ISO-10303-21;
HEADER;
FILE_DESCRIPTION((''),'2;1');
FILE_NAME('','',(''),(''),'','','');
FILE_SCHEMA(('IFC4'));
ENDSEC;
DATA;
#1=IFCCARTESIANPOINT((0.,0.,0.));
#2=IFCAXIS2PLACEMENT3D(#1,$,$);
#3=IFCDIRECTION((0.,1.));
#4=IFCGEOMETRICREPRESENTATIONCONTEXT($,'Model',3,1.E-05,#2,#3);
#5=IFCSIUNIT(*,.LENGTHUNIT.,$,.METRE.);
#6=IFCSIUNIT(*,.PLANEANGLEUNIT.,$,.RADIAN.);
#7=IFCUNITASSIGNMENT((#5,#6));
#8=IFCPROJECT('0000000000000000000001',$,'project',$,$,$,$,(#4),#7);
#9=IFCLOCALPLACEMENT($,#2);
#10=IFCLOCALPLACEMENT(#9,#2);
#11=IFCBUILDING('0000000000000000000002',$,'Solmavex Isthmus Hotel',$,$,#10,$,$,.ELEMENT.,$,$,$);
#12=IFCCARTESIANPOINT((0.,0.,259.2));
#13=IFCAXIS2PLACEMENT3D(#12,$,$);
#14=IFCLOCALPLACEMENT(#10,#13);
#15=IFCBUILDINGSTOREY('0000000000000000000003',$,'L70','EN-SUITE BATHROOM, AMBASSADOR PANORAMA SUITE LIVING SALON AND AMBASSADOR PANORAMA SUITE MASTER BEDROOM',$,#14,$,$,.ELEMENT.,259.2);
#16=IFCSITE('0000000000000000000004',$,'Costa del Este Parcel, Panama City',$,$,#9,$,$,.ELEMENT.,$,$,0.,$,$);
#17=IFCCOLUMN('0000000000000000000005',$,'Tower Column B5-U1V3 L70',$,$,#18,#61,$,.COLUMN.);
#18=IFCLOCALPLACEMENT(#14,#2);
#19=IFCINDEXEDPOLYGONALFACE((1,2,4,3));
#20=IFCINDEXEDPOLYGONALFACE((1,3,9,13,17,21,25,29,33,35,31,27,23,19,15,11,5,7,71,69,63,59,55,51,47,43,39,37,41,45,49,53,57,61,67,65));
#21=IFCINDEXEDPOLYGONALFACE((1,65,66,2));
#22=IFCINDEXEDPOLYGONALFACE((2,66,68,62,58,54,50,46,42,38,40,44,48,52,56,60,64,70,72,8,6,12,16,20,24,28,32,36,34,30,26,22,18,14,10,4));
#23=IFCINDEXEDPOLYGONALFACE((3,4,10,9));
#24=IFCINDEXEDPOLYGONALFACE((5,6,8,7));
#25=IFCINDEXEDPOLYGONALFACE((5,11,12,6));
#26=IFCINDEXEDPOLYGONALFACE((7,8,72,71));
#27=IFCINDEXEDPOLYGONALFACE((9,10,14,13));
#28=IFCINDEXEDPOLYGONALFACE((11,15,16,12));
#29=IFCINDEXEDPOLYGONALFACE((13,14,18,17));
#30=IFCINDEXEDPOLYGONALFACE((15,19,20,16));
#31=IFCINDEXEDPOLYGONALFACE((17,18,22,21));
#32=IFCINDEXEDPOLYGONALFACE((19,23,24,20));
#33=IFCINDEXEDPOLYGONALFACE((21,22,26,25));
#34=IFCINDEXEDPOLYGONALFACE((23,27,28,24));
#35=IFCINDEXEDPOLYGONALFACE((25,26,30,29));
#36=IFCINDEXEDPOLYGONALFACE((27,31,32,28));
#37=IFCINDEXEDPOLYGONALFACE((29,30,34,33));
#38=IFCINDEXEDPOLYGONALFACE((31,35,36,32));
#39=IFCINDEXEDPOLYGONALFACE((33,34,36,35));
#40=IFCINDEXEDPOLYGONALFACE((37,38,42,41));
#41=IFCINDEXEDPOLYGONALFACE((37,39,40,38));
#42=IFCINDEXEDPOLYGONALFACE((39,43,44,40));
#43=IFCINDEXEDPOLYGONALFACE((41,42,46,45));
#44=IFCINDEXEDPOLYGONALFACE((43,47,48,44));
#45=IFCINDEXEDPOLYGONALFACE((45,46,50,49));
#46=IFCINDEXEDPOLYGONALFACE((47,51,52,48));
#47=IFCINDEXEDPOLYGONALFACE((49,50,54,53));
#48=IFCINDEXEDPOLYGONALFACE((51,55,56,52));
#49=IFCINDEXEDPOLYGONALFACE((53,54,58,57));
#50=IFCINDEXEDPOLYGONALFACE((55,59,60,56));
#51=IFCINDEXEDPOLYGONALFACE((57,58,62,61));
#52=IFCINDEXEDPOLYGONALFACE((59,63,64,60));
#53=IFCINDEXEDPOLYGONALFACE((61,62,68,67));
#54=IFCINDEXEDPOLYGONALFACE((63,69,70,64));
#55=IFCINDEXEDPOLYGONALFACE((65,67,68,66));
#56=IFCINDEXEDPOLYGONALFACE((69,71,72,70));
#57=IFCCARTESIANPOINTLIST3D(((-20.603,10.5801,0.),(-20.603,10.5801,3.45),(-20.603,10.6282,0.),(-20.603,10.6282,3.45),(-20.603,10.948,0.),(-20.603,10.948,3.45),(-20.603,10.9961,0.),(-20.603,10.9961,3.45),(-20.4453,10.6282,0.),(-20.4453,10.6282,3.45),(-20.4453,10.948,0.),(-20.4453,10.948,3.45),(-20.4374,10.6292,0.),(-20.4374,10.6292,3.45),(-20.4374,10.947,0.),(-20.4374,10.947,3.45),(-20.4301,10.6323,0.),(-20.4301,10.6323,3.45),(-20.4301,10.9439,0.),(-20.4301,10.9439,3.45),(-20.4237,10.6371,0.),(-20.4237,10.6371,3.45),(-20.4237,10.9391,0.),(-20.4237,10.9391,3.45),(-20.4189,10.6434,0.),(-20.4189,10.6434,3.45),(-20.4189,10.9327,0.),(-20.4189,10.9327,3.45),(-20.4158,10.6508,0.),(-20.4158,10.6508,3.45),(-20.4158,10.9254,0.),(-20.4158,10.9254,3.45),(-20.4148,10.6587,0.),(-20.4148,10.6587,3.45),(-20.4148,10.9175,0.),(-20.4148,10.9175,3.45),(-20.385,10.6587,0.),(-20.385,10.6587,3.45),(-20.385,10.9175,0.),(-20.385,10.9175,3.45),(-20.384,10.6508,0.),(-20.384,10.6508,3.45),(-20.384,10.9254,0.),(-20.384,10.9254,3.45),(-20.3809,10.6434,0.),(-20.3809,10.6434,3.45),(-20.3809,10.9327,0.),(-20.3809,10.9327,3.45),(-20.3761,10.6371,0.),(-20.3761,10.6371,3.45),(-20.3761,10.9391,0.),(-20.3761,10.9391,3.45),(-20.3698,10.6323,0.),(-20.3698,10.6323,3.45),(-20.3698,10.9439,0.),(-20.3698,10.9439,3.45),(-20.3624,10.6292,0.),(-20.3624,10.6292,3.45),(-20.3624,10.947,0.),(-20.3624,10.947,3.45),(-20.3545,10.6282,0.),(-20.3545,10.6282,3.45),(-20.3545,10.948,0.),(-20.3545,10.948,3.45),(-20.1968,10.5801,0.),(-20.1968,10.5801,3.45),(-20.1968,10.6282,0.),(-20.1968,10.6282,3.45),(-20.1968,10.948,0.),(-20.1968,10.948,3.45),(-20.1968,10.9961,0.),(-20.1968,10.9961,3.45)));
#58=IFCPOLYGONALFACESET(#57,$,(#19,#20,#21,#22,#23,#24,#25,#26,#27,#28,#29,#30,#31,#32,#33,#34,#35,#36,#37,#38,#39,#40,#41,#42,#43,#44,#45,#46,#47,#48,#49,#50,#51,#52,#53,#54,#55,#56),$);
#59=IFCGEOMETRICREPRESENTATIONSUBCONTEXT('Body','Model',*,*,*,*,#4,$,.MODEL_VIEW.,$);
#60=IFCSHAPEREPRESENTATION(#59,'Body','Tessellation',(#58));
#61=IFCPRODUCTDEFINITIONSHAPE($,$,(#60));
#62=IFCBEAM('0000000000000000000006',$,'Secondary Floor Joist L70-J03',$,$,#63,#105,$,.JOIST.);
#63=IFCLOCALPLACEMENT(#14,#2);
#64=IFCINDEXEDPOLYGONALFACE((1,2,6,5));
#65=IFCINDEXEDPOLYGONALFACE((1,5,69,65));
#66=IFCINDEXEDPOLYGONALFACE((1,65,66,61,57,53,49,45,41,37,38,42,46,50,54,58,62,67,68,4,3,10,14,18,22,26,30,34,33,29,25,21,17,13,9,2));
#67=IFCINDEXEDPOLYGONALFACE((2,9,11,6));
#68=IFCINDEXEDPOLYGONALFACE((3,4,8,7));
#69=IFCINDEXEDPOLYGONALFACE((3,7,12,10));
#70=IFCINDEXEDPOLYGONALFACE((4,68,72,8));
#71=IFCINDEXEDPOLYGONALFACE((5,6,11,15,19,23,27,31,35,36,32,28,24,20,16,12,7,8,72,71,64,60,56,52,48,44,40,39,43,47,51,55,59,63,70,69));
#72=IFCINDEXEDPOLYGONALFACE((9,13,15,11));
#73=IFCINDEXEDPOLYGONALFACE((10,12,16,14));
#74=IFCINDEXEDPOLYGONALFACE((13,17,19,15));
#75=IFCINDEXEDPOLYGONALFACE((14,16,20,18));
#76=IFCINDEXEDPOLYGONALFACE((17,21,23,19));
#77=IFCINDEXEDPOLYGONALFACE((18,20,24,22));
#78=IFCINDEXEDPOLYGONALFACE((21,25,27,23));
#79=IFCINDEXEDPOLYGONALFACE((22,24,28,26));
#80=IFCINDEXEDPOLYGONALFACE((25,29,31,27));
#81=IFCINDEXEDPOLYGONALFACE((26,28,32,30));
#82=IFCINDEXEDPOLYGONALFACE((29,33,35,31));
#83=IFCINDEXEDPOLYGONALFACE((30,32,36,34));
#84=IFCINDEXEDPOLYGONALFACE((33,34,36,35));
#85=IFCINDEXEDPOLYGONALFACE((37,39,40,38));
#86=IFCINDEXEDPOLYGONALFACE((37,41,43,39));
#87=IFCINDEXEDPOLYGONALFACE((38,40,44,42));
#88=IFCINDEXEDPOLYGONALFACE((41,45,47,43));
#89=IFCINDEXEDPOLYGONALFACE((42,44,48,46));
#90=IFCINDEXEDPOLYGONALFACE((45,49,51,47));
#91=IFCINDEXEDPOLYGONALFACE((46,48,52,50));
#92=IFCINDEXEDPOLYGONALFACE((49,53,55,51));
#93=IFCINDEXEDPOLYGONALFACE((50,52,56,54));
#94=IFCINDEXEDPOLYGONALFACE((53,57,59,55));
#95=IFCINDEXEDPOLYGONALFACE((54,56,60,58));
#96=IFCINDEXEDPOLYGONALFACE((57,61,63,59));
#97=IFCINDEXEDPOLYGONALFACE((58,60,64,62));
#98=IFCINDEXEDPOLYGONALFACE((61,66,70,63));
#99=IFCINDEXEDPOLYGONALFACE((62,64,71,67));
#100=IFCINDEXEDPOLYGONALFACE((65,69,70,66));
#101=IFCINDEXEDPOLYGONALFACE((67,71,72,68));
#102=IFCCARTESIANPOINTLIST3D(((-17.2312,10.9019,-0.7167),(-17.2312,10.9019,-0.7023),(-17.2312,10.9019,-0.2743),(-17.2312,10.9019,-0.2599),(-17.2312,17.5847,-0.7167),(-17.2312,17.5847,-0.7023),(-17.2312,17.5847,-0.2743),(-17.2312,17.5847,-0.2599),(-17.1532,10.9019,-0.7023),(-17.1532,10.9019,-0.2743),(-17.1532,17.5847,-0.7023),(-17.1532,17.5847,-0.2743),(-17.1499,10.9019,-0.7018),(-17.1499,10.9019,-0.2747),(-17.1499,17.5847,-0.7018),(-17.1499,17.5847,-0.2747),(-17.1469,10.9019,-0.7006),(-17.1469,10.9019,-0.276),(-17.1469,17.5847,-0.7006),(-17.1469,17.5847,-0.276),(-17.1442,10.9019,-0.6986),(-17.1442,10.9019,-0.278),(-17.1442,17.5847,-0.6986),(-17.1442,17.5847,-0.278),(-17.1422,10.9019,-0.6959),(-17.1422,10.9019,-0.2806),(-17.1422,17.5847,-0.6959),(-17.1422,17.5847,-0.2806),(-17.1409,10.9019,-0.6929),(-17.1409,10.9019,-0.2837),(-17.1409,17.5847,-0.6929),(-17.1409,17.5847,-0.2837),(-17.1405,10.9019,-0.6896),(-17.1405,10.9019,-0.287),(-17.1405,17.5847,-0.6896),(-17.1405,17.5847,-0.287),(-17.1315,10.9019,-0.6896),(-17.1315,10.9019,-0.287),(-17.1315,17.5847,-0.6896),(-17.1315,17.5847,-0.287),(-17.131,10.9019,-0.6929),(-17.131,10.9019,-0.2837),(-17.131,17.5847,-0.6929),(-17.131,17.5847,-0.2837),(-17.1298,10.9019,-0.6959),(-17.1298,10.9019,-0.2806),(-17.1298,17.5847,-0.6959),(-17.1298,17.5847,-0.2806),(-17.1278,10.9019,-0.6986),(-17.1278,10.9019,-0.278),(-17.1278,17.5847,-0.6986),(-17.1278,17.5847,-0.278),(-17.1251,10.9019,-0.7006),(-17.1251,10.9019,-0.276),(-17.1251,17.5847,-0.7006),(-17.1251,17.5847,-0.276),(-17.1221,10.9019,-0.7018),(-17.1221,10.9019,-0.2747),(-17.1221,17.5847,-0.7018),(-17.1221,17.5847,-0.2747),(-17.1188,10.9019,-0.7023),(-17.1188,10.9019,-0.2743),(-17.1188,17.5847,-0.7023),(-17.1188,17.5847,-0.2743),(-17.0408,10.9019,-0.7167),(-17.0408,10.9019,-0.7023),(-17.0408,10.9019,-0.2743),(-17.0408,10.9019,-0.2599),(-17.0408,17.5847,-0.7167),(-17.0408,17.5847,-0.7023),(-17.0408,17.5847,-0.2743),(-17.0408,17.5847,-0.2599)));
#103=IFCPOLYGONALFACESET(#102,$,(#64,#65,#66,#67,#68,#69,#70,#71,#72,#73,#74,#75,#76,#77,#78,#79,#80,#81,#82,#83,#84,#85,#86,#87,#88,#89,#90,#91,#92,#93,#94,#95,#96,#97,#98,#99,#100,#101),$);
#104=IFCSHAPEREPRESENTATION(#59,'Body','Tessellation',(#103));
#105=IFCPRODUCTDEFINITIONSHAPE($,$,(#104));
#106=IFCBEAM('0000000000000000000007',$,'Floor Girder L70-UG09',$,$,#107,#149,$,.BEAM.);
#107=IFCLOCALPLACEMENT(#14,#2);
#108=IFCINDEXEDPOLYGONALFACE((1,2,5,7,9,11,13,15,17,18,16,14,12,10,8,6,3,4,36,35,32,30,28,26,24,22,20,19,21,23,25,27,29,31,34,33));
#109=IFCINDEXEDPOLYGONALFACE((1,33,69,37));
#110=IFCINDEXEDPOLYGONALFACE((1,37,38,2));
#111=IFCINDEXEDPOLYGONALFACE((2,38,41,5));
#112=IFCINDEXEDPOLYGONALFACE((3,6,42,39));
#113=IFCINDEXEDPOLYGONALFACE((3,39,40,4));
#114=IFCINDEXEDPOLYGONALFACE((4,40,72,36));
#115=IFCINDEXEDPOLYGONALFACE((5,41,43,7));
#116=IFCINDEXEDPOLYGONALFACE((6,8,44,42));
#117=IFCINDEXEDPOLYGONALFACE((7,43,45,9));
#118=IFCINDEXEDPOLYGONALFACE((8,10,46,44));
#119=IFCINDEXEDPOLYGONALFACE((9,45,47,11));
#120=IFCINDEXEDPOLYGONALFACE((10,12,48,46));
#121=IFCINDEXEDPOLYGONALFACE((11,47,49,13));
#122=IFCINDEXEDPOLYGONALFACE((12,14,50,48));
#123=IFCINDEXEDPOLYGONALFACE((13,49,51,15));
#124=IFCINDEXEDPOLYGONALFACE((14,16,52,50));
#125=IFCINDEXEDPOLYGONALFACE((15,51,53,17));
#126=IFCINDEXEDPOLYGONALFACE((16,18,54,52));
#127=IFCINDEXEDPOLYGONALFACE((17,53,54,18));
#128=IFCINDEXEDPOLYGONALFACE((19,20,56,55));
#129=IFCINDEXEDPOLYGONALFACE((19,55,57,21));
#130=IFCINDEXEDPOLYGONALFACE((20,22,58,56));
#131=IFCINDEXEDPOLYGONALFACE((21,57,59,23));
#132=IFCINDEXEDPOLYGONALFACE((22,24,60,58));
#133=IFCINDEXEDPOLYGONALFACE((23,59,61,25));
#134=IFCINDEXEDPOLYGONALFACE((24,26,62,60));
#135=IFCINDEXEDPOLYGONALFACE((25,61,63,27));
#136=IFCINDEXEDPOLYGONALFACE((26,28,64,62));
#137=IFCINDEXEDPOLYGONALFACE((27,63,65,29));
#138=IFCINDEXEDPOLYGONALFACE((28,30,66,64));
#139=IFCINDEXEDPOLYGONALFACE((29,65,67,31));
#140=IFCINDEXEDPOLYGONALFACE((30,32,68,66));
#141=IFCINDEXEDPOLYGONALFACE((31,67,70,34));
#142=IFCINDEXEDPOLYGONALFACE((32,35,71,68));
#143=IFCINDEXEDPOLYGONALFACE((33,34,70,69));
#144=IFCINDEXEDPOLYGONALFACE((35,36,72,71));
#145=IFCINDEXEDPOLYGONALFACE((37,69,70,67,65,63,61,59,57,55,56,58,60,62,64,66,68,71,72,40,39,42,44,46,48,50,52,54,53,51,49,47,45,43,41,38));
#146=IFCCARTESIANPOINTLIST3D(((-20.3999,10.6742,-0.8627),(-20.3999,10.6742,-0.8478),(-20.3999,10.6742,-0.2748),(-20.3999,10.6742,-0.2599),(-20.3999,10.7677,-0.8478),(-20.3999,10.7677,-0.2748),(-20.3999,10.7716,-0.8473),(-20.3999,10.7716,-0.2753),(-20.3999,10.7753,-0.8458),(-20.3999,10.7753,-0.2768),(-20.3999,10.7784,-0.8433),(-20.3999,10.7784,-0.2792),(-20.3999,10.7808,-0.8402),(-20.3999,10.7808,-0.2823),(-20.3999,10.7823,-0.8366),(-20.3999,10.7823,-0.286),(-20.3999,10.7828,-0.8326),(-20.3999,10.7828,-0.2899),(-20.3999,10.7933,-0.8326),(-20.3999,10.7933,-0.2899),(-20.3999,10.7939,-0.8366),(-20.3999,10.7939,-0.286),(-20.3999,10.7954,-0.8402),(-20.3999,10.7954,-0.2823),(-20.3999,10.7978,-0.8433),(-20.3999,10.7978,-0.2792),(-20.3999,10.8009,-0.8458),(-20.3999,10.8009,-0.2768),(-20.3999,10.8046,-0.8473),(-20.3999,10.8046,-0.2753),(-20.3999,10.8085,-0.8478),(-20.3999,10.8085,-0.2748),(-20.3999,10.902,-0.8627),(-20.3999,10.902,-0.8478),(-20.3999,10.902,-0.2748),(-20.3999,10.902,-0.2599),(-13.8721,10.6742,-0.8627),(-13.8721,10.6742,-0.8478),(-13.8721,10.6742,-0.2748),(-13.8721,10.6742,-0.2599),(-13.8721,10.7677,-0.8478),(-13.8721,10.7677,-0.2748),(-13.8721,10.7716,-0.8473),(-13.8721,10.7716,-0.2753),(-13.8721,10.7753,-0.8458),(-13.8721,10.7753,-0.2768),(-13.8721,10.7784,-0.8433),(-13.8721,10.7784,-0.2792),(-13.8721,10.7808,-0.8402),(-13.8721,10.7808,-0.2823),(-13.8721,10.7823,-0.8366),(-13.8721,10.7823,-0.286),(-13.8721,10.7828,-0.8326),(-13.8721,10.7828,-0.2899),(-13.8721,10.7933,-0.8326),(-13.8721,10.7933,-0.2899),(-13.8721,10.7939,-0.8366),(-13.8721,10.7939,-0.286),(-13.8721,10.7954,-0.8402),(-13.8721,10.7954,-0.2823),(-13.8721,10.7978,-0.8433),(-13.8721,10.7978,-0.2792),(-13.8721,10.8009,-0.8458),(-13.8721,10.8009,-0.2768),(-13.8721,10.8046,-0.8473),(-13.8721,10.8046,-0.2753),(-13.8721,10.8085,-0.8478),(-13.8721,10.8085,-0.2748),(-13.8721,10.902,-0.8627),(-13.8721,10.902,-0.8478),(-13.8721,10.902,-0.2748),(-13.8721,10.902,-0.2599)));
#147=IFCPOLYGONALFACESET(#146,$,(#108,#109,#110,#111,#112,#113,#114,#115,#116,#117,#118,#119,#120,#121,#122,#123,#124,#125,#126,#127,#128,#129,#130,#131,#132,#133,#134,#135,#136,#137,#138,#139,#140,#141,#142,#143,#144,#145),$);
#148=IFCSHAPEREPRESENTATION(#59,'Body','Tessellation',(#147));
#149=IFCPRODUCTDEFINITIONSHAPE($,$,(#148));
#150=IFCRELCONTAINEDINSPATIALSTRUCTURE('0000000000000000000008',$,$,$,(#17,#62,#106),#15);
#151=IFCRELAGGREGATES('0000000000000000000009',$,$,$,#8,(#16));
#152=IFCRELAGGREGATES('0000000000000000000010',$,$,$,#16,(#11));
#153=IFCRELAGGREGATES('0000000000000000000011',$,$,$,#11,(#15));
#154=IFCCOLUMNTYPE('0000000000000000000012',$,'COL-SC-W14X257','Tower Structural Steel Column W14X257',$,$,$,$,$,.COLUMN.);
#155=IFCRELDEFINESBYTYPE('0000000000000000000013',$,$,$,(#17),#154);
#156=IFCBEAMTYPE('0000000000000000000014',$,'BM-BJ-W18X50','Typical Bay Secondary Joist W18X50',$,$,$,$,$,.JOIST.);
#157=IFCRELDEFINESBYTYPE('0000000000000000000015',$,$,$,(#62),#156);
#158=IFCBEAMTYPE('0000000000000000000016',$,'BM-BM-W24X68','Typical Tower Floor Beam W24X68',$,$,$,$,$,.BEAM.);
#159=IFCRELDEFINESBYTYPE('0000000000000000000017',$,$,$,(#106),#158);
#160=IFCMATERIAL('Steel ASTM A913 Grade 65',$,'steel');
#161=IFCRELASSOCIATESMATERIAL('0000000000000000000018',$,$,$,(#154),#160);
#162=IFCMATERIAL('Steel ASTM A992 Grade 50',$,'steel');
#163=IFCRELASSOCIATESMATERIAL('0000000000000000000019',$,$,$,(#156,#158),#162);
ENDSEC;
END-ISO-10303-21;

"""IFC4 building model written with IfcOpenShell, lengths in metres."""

from ifc_helpers import new_model, si_unit, direction, frame, origin, origin_2d, place, context, subcontext, project, spatial, i_section, extrude, material, material_profile, profile_set, type_object, element, save


model = new_model("IFC4")

# Units and contexts
model_context = context("Model", 3, precision=1e-05, world=origin(), true_north=direction((0.0, 1.0)))
body_context = subcontext(model_context, "Body", "Model", "MODEL_VIEW")
ifc_project = project(units=[si_unit("LENGTHUNIT", "METRE"), si_unit("PLANEANGLEUNIT", "RADIAN")], contexts=[model_context])

# Site, building, storey
site_placement = place(None, origin())
site = spatial("IfcSite", under=ifc_project, at=site_placement, Name="Costa del Este Parcel, Panama City", CompositionType="ELEMENT", RefElevation=0.0)
building_placement = place(site_placement, origin())
building = spatial("IfcBuilding", under=site, at=building_placement, Name="Solmavex Isthmus Hotel", CompositionType="ELEMENT")
storey_placement = place(building_placement, frame((0.0, 0.0, 259.2)))
storey = spatial("IfcBuildingStorey", under=building, at=storey_placement, Name="L70", Description="EN-SUITE BATHROOM, AMBASSADOR PANORAMA SUITE LIVING SALON AND AMBASSADOR PANORAMA SUITE MASTER BEDROOM", CompositionType="ELEMENT", Elevation=259.2)

# Column
ifc_material_1 = material(Name="Steel ASTM A913 Grade 65", Category="steel")
ifc_material_profile_1 = material_profile(ifc_material_1, i_section(OverallWidth=0.4062, OverallDepth=0.416, WebThickness=0.0298, FlangeThickness=0.0481, FilletRadius=0.0305, at=origin_2d()), Name="W14X257")
ifc_profile_set_1 = profile_set([ifc_material_profile_1], Name="Steel ASTM A913 Grade 65")
column_type = type_object("IfcColumnType", Name="COL-SC-W14X257", Description="Tower Structural Steel Column W14X257", PredefinedType="COLUMN", material=ifc_profile_set_1)
column_placement = place(storey_placement, frame((-20.3999, 10.7881, 0.0), z_axis=(0.0, 0.0, 1.0), x_axis=(1.0, 0.0, 0.0)))
element("IfcColumn", 1, at=column_placement, inside=storey, type_object=column_type, Name="Tower Column B5-U1V3 L70", PredefinedType="COLUMN", context=body_context, shape_type="SweptSolid", body=[
    extrude(i_section(OverallWidth=0.4062, OverallDepth=0.416, WebThickness=0.0298, FlangeThickness=0.0481, FilletRadius=0.0305, at=origin_2d()), origin(), (0.0, 0.0, 1.0), 3.45),
])

# Beams
ifc_material_2 = material(Name="Steel ASTM A992 Grade 50", Category="steel")
ifc_material_profile_2 = material_profile(ifc_material_2, i_section(OverallWidth=0.1904, OverallDepth=0.4568, WebThickness=0.009, FlangeThickness=0.0144, FilletRadius=0.0127, at=origin_2d()), Name="W18X50")
ifc_profile_set_2 = profile_set([ifc_material_profile_2], Name="Steel ASTM A992 Grade 50")
beam_type_1 = type_object("IfcBeamType", Name="BM-BJ-W18X50", Description="Typical Bay Secondary Joist W18X50", PredefinedType="JOIST", material=ifc_profile_set_2)
beam_1_placement = place(storey_placement, frame((-17.136, 10.9019, -0.4883), z_axis=(0.0, 1.0, 0.0), x_axis=(-1.0, 0.0, 0.0)))
element("IfcBeam", 2, at=beam_1_placement, inside=storey, type_object=beam_type_1, Name="Secondary Floor Joist L70-J03", PredefinedType="JOIST", context=body_context, shape_type="SweptSolid", body=[
    extrude(i_section(OverallWidth=0.1904, OverallDepth=0.4568, WebThickness=0.009, FlangeThickness=0.0144, FilletRadius=0.0127, at=origin_2d()), origin(), (0.0, 0.0, 1.0), 6.6829),
])
ifc_material_profile_3 = material_profile(ifc_material_2, i_section(OverallWidth=0.2278, OverallDepth=0.6028, WebThickness=0.0105, FlangeThickness=0.0149, FilletRadius=0.0151, at=origin_2d()), Name="W24X68")
ifc_profile_set_3 = profile_set([ifc_material_profile_3], Name="Steel ASTM A992 Grade 50")
beam_type_2 = type_object("IfcBeamType", Name="BM-BM-W24X68", Description="Typical Tower Floor Beam W24X68", PredefinedType="BEAM", material=ifc_profile_set_3)
beam_2_placement = place(storey_placement, frame((-20.3999, 10.7881, -0.5613), z_axis=(1.0, 0.0, 0.0), x_axis=(0.0, 1.0, 0.0)))
element("IfcBeam", 3, at=beam_2_placement, inside=storey, type_object=beam_type_2, Name="Floor Girder L70-UG09", PredefinedType="BEAM", context=body_context, shape_type="SweptSolid", body=[
    extrude(i_section(OverallWidth=0.2278, OverallDepth=0.6028, WebThickness=0.0105, FlangeThickness=0.0149, FilletRadius=0.0151, at=origin_2d()), origin(), (0.0, 0.0, 1.0), 6.5278),
])

save(model, "model.ifc")
